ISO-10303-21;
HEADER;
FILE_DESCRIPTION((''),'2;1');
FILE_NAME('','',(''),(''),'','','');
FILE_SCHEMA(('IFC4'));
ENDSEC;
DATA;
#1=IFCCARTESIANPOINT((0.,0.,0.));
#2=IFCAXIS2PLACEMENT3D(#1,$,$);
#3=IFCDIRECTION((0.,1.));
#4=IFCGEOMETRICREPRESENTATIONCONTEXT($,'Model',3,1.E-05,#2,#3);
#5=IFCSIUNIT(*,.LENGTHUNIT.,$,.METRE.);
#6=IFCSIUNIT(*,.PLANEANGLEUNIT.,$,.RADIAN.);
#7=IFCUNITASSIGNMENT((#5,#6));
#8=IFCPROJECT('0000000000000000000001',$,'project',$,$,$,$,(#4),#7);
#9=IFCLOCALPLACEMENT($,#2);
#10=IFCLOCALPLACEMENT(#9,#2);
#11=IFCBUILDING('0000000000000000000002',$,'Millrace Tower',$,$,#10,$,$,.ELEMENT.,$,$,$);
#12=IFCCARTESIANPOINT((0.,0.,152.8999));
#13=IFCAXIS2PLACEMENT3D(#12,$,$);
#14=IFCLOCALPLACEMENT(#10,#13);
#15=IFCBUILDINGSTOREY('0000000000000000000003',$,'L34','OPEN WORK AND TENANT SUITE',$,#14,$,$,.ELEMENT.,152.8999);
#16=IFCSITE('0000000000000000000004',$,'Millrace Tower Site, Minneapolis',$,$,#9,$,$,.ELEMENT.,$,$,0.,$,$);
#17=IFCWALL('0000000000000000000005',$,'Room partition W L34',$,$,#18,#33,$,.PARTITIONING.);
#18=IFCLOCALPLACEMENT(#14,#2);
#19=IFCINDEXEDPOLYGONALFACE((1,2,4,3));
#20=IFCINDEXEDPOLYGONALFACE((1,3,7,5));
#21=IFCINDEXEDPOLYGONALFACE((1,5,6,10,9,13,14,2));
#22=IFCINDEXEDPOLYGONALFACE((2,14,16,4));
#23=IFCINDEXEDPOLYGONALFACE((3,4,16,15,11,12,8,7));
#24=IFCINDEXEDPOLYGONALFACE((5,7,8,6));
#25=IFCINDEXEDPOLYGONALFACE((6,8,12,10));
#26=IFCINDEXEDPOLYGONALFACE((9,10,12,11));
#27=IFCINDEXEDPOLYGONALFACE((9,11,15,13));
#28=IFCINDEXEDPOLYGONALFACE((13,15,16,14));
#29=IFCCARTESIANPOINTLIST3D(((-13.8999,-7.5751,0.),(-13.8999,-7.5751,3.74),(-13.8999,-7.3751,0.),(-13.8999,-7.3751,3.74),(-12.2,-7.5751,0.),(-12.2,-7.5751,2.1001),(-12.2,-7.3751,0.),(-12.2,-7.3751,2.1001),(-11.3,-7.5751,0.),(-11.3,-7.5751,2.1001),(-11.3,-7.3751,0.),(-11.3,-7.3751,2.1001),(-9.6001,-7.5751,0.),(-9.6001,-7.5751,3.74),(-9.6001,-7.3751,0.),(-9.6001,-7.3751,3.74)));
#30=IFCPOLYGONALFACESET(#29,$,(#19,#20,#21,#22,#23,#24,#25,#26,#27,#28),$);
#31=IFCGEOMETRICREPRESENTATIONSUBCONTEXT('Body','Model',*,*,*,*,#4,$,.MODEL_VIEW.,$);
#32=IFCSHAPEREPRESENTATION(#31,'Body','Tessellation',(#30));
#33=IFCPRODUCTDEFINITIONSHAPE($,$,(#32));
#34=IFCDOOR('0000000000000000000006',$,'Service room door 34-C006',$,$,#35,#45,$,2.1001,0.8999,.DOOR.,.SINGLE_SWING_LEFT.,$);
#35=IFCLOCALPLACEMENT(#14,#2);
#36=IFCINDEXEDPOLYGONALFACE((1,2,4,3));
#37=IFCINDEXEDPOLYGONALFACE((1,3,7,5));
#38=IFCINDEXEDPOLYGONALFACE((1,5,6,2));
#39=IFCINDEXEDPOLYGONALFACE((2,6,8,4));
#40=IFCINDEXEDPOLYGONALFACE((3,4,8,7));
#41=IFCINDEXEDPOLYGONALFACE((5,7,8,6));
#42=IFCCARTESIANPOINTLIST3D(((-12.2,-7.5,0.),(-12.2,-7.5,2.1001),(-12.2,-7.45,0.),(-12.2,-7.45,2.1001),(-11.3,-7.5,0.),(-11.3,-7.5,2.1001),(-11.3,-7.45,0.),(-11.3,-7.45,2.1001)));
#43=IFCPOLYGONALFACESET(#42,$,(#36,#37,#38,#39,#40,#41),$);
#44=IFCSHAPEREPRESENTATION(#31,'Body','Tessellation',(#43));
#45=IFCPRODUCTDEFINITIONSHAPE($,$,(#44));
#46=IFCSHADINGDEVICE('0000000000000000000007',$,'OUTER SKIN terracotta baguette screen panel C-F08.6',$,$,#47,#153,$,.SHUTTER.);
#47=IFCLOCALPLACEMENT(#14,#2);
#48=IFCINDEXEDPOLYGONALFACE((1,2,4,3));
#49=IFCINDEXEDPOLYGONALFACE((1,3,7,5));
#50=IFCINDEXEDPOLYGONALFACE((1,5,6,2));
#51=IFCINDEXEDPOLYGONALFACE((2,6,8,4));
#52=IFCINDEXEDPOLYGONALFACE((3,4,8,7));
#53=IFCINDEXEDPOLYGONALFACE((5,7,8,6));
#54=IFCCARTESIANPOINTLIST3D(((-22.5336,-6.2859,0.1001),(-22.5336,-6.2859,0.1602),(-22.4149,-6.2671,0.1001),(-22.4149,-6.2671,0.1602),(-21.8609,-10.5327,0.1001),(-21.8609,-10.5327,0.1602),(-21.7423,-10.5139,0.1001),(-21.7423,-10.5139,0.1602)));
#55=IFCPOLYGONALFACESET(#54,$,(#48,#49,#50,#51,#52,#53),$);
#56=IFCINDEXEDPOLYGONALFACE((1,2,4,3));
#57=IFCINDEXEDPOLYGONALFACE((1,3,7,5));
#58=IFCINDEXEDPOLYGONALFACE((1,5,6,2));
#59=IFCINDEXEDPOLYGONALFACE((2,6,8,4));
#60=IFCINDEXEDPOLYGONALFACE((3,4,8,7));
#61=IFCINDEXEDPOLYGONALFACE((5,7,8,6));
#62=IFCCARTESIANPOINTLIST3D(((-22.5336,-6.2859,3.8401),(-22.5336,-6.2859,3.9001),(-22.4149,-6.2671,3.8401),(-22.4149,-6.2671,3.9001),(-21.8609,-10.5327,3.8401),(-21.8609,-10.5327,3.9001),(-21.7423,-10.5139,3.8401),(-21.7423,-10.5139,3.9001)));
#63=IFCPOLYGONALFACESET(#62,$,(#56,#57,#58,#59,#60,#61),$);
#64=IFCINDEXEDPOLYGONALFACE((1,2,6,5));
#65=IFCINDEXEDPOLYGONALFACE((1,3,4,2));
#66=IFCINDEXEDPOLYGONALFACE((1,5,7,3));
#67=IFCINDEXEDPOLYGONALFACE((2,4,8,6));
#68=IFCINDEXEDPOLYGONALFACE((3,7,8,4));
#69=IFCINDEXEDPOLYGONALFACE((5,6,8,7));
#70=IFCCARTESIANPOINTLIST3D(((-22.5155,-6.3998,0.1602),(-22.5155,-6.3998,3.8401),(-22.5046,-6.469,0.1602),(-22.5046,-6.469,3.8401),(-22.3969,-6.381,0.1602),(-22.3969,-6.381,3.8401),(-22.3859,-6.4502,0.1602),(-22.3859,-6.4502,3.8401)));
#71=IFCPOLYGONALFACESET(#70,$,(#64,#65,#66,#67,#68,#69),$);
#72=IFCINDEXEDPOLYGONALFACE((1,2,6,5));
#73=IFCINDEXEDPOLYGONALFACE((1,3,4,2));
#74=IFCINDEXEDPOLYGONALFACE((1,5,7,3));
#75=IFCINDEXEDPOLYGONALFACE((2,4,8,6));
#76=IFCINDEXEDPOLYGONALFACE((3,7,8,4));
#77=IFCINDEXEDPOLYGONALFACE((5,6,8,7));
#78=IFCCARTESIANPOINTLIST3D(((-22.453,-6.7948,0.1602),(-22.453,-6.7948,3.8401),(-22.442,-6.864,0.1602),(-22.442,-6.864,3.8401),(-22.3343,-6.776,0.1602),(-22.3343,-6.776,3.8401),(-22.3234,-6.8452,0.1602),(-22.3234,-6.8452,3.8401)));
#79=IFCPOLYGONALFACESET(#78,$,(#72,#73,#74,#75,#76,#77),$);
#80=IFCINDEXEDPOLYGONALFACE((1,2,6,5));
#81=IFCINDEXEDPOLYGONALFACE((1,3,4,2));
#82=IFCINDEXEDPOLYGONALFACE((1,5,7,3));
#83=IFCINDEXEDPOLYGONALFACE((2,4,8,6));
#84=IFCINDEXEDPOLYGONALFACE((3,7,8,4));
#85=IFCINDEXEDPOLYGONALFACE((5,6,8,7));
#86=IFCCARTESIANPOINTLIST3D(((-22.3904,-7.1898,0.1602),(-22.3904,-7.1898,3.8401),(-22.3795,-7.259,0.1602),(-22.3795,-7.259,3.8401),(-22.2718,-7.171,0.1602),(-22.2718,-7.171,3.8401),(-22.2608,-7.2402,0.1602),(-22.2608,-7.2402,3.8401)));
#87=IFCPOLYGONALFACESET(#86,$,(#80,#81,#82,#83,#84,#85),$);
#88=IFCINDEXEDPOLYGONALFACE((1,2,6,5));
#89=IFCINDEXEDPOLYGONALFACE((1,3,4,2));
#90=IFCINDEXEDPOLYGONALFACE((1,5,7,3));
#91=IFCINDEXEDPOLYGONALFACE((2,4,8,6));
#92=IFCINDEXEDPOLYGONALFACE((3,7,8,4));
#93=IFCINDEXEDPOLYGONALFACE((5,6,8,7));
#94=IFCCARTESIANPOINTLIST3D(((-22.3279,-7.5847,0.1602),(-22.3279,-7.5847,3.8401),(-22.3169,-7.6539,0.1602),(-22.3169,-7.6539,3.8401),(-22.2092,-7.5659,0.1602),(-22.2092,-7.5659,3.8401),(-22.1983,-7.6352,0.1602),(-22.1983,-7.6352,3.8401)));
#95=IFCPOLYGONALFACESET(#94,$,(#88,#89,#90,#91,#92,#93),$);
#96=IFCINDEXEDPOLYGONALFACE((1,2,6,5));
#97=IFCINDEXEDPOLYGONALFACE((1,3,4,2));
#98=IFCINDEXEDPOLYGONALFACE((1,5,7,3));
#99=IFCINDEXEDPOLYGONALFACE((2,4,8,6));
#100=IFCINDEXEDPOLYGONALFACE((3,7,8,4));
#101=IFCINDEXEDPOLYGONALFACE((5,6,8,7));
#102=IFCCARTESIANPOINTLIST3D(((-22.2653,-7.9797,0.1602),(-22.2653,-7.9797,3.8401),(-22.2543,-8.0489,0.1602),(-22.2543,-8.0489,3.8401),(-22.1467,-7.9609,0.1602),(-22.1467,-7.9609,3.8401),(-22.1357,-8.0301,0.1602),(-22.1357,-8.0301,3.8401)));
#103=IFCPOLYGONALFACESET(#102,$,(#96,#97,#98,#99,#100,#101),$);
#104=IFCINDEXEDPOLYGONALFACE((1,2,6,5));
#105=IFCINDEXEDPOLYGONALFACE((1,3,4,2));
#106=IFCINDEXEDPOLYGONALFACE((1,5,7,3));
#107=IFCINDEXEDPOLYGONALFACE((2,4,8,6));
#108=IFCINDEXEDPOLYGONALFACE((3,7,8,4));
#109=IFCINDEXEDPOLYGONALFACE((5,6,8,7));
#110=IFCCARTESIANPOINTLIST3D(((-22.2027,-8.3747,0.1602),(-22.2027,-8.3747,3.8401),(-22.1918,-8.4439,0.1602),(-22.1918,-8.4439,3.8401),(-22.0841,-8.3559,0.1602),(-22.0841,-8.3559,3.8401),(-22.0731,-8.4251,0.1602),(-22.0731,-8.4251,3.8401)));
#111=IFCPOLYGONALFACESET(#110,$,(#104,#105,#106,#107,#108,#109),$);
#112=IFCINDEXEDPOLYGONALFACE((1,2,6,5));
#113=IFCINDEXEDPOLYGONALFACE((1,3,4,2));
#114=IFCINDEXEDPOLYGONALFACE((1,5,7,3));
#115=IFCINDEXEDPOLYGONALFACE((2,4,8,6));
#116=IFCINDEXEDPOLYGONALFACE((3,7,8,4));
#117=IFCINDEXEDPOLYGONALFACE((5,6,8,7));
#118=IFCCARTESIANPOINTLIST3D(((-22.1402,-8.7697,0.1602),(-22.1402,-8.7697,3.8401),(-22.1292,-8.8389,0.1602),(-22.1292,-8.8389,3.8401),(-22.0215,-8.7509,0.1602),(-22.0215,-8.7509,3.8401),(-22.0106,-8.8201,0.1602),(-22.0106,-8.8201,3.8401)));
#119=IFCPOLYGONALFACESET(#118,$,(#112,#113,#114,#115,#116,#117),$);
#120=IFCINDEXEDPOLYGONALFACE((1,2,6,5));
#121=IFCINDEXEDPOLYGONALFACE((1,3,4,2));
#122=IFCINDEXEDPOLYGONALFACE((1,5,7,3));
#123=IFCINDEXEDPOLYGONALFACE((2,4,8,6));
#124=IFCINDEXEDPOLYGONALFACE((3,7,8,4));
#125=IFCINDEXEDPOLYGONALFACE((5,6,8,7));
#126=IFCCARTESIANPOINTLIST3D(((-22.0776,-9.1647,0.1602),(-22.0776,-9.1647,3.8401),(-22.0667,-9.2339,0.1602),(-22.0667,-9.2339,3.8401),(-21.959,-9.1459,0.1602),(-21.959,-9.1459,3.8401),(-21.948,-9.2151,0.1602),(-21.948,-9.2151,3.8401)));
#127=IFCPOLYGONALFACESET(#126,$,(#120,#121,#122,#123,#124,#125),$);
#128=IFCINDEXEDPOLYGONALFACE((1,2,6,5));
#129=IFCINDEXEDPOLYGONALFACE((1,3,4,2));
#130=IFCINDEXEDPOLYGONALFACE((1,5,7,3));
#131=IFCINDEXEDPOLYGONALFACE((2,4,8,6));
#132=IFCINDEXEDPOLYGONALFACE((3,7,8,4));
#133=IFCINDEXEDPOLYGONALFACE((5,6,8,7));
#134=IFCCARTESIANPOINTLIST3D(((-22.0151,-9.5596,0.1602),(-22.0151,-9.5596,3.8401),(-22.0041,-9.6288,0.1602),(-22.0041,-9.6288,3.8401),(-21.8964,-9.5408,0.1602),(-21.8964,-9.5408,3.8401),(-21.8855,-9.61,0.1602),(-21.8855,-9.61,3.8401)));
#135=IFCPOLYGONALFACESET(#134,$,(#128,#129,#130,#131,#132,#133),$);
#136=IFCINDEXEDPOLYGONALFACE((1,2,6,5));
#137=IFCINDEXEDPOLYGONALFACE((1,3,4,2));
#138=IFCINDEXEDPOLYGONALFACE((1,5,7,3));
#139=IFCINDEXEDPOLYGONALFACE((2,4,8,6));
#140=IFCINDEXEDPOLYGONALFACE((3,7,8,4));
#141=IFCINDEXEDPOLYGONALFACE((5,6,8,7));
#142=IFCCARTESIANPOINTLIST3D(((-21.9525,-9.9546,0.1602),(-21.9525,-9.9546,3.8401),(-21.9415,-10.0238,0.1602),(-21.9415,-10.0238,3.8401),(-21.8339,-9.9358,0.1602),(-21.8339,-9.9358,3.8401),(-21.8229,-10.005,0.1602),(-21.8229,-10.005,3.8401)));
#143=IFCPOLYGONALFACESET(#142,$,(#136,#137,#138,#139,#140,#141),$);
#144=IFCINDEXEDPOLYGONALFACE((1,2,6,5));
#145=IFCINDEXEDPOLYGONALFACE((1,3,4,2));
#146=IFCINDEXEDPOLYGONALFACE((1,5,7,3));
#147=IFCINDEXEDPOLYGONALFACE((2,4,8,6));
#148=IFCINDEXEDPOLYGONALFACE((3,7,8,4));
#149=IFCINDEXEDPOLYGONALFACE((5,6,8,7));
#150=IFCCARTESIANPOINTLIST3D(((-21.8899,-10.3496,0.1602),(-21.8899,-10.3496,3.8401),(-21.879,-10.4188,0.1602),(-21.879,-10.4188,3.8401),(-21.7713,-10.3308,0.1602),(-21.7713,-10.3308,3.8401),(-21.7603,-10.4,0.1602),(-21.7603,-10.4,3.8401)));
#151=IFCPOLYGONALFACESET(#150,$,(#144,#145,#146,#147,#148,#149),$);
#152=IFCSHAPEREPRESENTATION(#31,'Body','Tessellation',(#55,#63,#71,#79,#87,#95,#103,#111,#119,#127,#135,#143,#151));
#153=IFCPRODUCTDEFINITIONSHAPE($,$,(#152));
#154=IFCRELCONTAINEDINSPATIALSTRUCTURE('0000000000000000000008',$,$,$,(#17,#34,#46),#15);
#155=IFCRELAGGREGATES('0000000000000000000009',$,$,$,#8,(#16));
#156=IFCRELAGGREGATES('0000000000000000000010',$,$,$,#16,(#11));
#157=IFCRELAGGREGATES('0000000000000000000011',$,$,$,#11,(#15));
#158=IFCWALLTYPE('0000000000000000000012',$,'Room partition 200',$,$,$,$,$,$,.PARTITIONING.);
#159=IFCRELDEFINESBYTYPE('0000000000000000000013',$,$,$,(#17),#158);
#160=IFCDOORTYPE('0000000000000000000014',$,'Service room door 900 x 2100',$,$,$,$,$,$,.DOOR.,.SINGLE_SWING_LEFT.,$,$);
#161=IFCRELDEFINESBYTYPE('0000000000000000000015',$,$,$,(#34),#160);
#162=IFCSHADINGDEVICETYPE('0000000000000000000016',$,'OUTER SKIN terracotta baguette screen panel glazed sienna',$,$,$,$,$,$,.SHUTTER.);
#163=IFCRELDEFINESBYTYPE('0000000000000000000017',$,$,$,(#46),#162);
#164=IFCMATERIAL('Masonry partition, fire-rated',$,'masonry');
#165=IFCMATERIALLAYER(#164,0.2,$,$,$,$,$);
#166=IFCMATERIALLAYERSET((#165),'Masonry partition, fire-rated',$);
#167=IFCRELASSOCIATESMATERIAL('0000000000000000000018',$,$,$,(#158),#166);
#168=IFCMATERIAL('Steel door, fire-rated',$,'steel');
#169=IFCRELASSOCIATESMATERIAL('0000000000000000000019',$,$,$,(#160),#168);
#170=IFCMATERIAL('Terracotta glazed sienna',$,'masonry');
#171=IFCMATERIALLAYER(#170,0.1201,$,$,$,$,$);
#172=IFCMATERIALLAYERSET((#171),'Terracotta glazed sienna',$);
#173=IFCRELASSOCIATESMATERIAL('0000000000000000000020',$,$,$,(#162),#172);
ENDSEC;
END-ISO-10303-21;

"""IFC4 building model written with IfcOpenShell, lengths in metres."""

from ifc_helpers import new_model, entity, si_unit, direction, frame, frame_2d, origin, origin_2d, place, context, subcontext, project, spatial, rectangle, extrude, source, transform, mapped, material, layer, layer_set, type_object, element, fill, save


model = new_model("IFC4")

# Units and contexts
model_context = context("Model", 3, precision=1e-05, world=origin(), true_north=direction((0.0, 1.0)))
body_context = subcontext(model_context, "Body", "Model", "MODEL_VIEW")
ifc_project = project(units=[si_unit("LENGTHUNIT", "METRE"), si_unit("PLANEANGLEUNIT", "RADIAN")], contexts=[model_context])

# Site, building, storey
site_placement = place(None, origin())
site = spatial("IfcSite", under=ifc_project, at=site_placement, Name="Millrace Tower Site, Minneapolis", CompositionType="ELEMENT", RefElevation=0.0)
building_placement = place(site_placement, origin())
building = spatial("IfcBuilding", under=site, at=building_placement, Name="Millrace Tower", CompositionType="ELEMENT")
storey_placement = place(building_placement, frame((0.0, 0.0, 152.8999)))
storey = spatial("IfcBuildingStorey", under=building, at=storey_placement, Name="L34", Description="OPEN WORK AND TENANT SUITE", CompositionType="ELEMENT", Elevation=152.8999)

# Wall, opening, door
ifc_material_1 = material(Name="Masonry partition, fire-rated", Category="masonry")
ifc_layer_1 = layer(ifc_material_1, 0.2)
ifc_layer_set_1 = layer_set([ifc_layer_1], Name="Masonry partition, fire-rated")
wall_type_1 = type_object("IfcWallType", Name="Room partition 200", PredefinedType="PARTITIONING", material=ifc_layer_set_1)
wall_1_placement = place(storey_placement, frame((-13.8999, -7.4751, 0.0), z_axis=(0.0, 0.0, 1.0), x_axis=(1.0, 0.0, 0.0)))
wall_1 = element("IfcWall", 1, at=wall_1_placement, inside=storey, type_object=wall_type_1, Name="Room partition W L34", PredefinedType="PARTITIONING", context=body_context, shape_type="SweptSolid", body=[
    extrude(rectangle(XDim=4.2998, YDim=0.2, at=frame_2d((2.1499, 0.0))), origin(), (0.0, 0.0, 1.0), 3.74),
])
opening_1_placement = place(wall_1_placement, frame((1.7, 0.0, 0.0)))
opening_1 = element("IfcOpeningElement", 2, at=opening_1_placement, cuts=wall_1, PredefinedType="OPENING", context=body_context, shape_type="SweptSolid", body=[
    extrude(rectangle(XDim=0.8999, YDim=2.1001, at=frame_2d((0.45, 1.05))), frame((0.0, 0.1099, 0.0), z_axis=(0.0, -1.0, 0.0), x_axis=(1.0, 0.0, 0.0)), (0.0, 0.0, 1.0), 0.22),
])
ifc_material_2 = material(Name="Steel door, fire-rated", Category="steel")
door_type_1 = type_object("IfcDoorType", Name="Service room door 900 x 2100", OperationType="SINGLE_SWING_LEFT", PredefinedType="DOOR", material=ifc_material_2)
door_1_placement = place(opening_1_placement, frame((0.8999, 0.0, 0.0), z_axis=(0.0, 0.0, 1.0), x_axis=(-1.0, 0.0, 0.0)))
door_1 = element("IfcDoor", 3, at=door_1_placement, inside=storey, type_object=door_type_1, Name="Service room door 34-C006", OperationType="SINGLE_SWING_LEFT", OverallHeight=2.1001, OverallWidth=0.8999, PredefinedType="DOOR", context=body_context, shape_type="SweptSolid", body=[
    extrude(rectangle(XDim=0.8999, YDim=2.1001, at=frame_2d((0.45, 1.05))), frame((0.0, 0.0249, 0.0), z_axis=(0.0, -1.0, 0.0), x_axis=(1.0, 0.0, 0.0)), (0.0, 0.0, 1.0), 0.05),
])
fill(opening_1, door_1)

# Shading device
ifc_material_3 = material(Name="Terracotta glazed sienna", Category="masonry")
ifc_layer_2 = layer(ifc_material_3, 0.1201)
ifc_layer_set_2 = layer_set([ifc_layer_2], Name="Terracotta glazed sienna")
shading_device_type = type_object("IfcShadingDeviceType", Name="OUTER SKIN terracotta baguette screen panel glazed sienna", PredefinedType="SHUTTER", material=ifc_layer_set_2)
cartesian_point = entity("IfcCartesianPoint", [-2.1499, 0.0601])
shared_polyline = entity("IfcPolyline", [cartesian_point, entity("IfcCartesianPoint", [2.1499, 0.0601]), entity("IfcCartesianPoint", [2.1499, -0.0601]), entity("IfcCartesianPoint", [-2.1499, -0.0601]), cartesian_point])
shared_shape = source(origin(), body_context, "Body", "SweptSolid", [
    entity("IfcExtrudedAreaSolid", entity("IfcArbitraryClosedProfileDef", "AREA", None, shared_polyline), entity("IfcAxis2Placement3D", entity("IfcCartesianPoint", [0.0, 0.0, 0.0])), entity("IfcDirection", [0.0, 0.0, 1.0]), 0.0601),
    entity("IfcExtrudedAreaSolid", entity("IfcArbitraryClosedProfileDef", "AREA", None, shared_polyline), entity("IfcAxis2Placement3D", entity("IfcCartesianPoint", [0.0, 0.0, 3.74])), entity("IfcDirection", [0.0, 0.0, 1.0]), 0.0601),
    extrude(rectangle(XDim=0.0701, YDim=0.1201, at=frame_2d((-1.9995, 0.0))), frame((0.0, 0.0, 0.0601)), (0.0, 0.0, 1.0), 3.6799),
    extrude(rectangle(XDim=0.0701, YDim=0.1201, at=frame_2d((-1.5996, 0.0))), frame((0.0, 0.0, 0.0601)), (0.0, 0.0, 1.0), 3.6799),
    extrude(rectangle(XDim=0.0701, YDim=0.1201, at=frame_2d((-1.1997, 0.0))), frame((0.0, 0.0, 0.0601)), (0.0, 0.0, 1.0), 3.6799),
    extrude(rectangle(XDim=0.0701, YDim=0.1201, at=frame_2d((-0.7998, 0.0))), frame((0.0, 0.0, 0.0601)), (0.0, 0.0, 1.0), 3.6799),
    extrude(rectangle(XDim=0.0701, YDim=0.1201, at=frame_2d((-0.3999, 0.0))), frame((0.0, 0.0, 0.0601)), (0.0, 0.0, 1.0), 3.6799),
    extrude(rectangle(XDim=0.0701, YDim=0.1201, at=origin_2d()), frame((0.0, 0.0, 0.0601)), (0.0, 0.0, 1.0), 3.6799),
    extrude(rectangle(XDim=0.0701, YDim=0.1201, at=frame_2d((0.3999, 0.0))), frame((0.0, 0.0, 0.0601)), (0.0, 0.0, 1.0), 3.6799),
    extrude(rectangle(XDim=0.0701, YDim=0.1201, at=frame_2d((0.7998, 0.0))), frame((0.0, 0.0, 0.0601)), (0.0, 0.0, 1.0), 3.6799),
    extrude(rectangle(XDim=0.0701, YDim=0.1201, at=frame_2d((1.1997, 0.0))), frame((0.0, 0.0, 0.0601)), (0.0, 0.0, 1.0), 3.6799),
    extrude(rectangle(XDim=0.0701, YDim=0.1201, at=frame_2d((1.5996, 0.0))), frame((0.0, 0.0, 0.0601)), (0.0, 0.0, 1.0), 3.6799),
    extrude(rectangle(XDim=0.0701, YDim=0.1201, at=frame_2d((1.9995, 0.0))), frame((0.0, 0.0, 0.0601)), (0.0, 0.0, 1.0), 3.6799),
])
shading_device_placement = place(storey_placement, frame((-22.1379, -8.3999, 0.1001), z_axis=(0.0, 0.0, 1.0), x_axis=(0.156434, -0.987688, 0.0)))
element("IfcShadingDevice", 4, at=shading_device_placement, inside=storey, type_object=shading_device_type, Name="OUTER SKIN terracotta baguette screen panel C-F08.6", PredefinedType="SHUTTER", context=body_context, shape_type="MappedRepresentation", body=[
    mapped(shared_shape, transform((0.0, 0.0, 0.0), scale=1.0)),
])

save(model, "model.ifc")
